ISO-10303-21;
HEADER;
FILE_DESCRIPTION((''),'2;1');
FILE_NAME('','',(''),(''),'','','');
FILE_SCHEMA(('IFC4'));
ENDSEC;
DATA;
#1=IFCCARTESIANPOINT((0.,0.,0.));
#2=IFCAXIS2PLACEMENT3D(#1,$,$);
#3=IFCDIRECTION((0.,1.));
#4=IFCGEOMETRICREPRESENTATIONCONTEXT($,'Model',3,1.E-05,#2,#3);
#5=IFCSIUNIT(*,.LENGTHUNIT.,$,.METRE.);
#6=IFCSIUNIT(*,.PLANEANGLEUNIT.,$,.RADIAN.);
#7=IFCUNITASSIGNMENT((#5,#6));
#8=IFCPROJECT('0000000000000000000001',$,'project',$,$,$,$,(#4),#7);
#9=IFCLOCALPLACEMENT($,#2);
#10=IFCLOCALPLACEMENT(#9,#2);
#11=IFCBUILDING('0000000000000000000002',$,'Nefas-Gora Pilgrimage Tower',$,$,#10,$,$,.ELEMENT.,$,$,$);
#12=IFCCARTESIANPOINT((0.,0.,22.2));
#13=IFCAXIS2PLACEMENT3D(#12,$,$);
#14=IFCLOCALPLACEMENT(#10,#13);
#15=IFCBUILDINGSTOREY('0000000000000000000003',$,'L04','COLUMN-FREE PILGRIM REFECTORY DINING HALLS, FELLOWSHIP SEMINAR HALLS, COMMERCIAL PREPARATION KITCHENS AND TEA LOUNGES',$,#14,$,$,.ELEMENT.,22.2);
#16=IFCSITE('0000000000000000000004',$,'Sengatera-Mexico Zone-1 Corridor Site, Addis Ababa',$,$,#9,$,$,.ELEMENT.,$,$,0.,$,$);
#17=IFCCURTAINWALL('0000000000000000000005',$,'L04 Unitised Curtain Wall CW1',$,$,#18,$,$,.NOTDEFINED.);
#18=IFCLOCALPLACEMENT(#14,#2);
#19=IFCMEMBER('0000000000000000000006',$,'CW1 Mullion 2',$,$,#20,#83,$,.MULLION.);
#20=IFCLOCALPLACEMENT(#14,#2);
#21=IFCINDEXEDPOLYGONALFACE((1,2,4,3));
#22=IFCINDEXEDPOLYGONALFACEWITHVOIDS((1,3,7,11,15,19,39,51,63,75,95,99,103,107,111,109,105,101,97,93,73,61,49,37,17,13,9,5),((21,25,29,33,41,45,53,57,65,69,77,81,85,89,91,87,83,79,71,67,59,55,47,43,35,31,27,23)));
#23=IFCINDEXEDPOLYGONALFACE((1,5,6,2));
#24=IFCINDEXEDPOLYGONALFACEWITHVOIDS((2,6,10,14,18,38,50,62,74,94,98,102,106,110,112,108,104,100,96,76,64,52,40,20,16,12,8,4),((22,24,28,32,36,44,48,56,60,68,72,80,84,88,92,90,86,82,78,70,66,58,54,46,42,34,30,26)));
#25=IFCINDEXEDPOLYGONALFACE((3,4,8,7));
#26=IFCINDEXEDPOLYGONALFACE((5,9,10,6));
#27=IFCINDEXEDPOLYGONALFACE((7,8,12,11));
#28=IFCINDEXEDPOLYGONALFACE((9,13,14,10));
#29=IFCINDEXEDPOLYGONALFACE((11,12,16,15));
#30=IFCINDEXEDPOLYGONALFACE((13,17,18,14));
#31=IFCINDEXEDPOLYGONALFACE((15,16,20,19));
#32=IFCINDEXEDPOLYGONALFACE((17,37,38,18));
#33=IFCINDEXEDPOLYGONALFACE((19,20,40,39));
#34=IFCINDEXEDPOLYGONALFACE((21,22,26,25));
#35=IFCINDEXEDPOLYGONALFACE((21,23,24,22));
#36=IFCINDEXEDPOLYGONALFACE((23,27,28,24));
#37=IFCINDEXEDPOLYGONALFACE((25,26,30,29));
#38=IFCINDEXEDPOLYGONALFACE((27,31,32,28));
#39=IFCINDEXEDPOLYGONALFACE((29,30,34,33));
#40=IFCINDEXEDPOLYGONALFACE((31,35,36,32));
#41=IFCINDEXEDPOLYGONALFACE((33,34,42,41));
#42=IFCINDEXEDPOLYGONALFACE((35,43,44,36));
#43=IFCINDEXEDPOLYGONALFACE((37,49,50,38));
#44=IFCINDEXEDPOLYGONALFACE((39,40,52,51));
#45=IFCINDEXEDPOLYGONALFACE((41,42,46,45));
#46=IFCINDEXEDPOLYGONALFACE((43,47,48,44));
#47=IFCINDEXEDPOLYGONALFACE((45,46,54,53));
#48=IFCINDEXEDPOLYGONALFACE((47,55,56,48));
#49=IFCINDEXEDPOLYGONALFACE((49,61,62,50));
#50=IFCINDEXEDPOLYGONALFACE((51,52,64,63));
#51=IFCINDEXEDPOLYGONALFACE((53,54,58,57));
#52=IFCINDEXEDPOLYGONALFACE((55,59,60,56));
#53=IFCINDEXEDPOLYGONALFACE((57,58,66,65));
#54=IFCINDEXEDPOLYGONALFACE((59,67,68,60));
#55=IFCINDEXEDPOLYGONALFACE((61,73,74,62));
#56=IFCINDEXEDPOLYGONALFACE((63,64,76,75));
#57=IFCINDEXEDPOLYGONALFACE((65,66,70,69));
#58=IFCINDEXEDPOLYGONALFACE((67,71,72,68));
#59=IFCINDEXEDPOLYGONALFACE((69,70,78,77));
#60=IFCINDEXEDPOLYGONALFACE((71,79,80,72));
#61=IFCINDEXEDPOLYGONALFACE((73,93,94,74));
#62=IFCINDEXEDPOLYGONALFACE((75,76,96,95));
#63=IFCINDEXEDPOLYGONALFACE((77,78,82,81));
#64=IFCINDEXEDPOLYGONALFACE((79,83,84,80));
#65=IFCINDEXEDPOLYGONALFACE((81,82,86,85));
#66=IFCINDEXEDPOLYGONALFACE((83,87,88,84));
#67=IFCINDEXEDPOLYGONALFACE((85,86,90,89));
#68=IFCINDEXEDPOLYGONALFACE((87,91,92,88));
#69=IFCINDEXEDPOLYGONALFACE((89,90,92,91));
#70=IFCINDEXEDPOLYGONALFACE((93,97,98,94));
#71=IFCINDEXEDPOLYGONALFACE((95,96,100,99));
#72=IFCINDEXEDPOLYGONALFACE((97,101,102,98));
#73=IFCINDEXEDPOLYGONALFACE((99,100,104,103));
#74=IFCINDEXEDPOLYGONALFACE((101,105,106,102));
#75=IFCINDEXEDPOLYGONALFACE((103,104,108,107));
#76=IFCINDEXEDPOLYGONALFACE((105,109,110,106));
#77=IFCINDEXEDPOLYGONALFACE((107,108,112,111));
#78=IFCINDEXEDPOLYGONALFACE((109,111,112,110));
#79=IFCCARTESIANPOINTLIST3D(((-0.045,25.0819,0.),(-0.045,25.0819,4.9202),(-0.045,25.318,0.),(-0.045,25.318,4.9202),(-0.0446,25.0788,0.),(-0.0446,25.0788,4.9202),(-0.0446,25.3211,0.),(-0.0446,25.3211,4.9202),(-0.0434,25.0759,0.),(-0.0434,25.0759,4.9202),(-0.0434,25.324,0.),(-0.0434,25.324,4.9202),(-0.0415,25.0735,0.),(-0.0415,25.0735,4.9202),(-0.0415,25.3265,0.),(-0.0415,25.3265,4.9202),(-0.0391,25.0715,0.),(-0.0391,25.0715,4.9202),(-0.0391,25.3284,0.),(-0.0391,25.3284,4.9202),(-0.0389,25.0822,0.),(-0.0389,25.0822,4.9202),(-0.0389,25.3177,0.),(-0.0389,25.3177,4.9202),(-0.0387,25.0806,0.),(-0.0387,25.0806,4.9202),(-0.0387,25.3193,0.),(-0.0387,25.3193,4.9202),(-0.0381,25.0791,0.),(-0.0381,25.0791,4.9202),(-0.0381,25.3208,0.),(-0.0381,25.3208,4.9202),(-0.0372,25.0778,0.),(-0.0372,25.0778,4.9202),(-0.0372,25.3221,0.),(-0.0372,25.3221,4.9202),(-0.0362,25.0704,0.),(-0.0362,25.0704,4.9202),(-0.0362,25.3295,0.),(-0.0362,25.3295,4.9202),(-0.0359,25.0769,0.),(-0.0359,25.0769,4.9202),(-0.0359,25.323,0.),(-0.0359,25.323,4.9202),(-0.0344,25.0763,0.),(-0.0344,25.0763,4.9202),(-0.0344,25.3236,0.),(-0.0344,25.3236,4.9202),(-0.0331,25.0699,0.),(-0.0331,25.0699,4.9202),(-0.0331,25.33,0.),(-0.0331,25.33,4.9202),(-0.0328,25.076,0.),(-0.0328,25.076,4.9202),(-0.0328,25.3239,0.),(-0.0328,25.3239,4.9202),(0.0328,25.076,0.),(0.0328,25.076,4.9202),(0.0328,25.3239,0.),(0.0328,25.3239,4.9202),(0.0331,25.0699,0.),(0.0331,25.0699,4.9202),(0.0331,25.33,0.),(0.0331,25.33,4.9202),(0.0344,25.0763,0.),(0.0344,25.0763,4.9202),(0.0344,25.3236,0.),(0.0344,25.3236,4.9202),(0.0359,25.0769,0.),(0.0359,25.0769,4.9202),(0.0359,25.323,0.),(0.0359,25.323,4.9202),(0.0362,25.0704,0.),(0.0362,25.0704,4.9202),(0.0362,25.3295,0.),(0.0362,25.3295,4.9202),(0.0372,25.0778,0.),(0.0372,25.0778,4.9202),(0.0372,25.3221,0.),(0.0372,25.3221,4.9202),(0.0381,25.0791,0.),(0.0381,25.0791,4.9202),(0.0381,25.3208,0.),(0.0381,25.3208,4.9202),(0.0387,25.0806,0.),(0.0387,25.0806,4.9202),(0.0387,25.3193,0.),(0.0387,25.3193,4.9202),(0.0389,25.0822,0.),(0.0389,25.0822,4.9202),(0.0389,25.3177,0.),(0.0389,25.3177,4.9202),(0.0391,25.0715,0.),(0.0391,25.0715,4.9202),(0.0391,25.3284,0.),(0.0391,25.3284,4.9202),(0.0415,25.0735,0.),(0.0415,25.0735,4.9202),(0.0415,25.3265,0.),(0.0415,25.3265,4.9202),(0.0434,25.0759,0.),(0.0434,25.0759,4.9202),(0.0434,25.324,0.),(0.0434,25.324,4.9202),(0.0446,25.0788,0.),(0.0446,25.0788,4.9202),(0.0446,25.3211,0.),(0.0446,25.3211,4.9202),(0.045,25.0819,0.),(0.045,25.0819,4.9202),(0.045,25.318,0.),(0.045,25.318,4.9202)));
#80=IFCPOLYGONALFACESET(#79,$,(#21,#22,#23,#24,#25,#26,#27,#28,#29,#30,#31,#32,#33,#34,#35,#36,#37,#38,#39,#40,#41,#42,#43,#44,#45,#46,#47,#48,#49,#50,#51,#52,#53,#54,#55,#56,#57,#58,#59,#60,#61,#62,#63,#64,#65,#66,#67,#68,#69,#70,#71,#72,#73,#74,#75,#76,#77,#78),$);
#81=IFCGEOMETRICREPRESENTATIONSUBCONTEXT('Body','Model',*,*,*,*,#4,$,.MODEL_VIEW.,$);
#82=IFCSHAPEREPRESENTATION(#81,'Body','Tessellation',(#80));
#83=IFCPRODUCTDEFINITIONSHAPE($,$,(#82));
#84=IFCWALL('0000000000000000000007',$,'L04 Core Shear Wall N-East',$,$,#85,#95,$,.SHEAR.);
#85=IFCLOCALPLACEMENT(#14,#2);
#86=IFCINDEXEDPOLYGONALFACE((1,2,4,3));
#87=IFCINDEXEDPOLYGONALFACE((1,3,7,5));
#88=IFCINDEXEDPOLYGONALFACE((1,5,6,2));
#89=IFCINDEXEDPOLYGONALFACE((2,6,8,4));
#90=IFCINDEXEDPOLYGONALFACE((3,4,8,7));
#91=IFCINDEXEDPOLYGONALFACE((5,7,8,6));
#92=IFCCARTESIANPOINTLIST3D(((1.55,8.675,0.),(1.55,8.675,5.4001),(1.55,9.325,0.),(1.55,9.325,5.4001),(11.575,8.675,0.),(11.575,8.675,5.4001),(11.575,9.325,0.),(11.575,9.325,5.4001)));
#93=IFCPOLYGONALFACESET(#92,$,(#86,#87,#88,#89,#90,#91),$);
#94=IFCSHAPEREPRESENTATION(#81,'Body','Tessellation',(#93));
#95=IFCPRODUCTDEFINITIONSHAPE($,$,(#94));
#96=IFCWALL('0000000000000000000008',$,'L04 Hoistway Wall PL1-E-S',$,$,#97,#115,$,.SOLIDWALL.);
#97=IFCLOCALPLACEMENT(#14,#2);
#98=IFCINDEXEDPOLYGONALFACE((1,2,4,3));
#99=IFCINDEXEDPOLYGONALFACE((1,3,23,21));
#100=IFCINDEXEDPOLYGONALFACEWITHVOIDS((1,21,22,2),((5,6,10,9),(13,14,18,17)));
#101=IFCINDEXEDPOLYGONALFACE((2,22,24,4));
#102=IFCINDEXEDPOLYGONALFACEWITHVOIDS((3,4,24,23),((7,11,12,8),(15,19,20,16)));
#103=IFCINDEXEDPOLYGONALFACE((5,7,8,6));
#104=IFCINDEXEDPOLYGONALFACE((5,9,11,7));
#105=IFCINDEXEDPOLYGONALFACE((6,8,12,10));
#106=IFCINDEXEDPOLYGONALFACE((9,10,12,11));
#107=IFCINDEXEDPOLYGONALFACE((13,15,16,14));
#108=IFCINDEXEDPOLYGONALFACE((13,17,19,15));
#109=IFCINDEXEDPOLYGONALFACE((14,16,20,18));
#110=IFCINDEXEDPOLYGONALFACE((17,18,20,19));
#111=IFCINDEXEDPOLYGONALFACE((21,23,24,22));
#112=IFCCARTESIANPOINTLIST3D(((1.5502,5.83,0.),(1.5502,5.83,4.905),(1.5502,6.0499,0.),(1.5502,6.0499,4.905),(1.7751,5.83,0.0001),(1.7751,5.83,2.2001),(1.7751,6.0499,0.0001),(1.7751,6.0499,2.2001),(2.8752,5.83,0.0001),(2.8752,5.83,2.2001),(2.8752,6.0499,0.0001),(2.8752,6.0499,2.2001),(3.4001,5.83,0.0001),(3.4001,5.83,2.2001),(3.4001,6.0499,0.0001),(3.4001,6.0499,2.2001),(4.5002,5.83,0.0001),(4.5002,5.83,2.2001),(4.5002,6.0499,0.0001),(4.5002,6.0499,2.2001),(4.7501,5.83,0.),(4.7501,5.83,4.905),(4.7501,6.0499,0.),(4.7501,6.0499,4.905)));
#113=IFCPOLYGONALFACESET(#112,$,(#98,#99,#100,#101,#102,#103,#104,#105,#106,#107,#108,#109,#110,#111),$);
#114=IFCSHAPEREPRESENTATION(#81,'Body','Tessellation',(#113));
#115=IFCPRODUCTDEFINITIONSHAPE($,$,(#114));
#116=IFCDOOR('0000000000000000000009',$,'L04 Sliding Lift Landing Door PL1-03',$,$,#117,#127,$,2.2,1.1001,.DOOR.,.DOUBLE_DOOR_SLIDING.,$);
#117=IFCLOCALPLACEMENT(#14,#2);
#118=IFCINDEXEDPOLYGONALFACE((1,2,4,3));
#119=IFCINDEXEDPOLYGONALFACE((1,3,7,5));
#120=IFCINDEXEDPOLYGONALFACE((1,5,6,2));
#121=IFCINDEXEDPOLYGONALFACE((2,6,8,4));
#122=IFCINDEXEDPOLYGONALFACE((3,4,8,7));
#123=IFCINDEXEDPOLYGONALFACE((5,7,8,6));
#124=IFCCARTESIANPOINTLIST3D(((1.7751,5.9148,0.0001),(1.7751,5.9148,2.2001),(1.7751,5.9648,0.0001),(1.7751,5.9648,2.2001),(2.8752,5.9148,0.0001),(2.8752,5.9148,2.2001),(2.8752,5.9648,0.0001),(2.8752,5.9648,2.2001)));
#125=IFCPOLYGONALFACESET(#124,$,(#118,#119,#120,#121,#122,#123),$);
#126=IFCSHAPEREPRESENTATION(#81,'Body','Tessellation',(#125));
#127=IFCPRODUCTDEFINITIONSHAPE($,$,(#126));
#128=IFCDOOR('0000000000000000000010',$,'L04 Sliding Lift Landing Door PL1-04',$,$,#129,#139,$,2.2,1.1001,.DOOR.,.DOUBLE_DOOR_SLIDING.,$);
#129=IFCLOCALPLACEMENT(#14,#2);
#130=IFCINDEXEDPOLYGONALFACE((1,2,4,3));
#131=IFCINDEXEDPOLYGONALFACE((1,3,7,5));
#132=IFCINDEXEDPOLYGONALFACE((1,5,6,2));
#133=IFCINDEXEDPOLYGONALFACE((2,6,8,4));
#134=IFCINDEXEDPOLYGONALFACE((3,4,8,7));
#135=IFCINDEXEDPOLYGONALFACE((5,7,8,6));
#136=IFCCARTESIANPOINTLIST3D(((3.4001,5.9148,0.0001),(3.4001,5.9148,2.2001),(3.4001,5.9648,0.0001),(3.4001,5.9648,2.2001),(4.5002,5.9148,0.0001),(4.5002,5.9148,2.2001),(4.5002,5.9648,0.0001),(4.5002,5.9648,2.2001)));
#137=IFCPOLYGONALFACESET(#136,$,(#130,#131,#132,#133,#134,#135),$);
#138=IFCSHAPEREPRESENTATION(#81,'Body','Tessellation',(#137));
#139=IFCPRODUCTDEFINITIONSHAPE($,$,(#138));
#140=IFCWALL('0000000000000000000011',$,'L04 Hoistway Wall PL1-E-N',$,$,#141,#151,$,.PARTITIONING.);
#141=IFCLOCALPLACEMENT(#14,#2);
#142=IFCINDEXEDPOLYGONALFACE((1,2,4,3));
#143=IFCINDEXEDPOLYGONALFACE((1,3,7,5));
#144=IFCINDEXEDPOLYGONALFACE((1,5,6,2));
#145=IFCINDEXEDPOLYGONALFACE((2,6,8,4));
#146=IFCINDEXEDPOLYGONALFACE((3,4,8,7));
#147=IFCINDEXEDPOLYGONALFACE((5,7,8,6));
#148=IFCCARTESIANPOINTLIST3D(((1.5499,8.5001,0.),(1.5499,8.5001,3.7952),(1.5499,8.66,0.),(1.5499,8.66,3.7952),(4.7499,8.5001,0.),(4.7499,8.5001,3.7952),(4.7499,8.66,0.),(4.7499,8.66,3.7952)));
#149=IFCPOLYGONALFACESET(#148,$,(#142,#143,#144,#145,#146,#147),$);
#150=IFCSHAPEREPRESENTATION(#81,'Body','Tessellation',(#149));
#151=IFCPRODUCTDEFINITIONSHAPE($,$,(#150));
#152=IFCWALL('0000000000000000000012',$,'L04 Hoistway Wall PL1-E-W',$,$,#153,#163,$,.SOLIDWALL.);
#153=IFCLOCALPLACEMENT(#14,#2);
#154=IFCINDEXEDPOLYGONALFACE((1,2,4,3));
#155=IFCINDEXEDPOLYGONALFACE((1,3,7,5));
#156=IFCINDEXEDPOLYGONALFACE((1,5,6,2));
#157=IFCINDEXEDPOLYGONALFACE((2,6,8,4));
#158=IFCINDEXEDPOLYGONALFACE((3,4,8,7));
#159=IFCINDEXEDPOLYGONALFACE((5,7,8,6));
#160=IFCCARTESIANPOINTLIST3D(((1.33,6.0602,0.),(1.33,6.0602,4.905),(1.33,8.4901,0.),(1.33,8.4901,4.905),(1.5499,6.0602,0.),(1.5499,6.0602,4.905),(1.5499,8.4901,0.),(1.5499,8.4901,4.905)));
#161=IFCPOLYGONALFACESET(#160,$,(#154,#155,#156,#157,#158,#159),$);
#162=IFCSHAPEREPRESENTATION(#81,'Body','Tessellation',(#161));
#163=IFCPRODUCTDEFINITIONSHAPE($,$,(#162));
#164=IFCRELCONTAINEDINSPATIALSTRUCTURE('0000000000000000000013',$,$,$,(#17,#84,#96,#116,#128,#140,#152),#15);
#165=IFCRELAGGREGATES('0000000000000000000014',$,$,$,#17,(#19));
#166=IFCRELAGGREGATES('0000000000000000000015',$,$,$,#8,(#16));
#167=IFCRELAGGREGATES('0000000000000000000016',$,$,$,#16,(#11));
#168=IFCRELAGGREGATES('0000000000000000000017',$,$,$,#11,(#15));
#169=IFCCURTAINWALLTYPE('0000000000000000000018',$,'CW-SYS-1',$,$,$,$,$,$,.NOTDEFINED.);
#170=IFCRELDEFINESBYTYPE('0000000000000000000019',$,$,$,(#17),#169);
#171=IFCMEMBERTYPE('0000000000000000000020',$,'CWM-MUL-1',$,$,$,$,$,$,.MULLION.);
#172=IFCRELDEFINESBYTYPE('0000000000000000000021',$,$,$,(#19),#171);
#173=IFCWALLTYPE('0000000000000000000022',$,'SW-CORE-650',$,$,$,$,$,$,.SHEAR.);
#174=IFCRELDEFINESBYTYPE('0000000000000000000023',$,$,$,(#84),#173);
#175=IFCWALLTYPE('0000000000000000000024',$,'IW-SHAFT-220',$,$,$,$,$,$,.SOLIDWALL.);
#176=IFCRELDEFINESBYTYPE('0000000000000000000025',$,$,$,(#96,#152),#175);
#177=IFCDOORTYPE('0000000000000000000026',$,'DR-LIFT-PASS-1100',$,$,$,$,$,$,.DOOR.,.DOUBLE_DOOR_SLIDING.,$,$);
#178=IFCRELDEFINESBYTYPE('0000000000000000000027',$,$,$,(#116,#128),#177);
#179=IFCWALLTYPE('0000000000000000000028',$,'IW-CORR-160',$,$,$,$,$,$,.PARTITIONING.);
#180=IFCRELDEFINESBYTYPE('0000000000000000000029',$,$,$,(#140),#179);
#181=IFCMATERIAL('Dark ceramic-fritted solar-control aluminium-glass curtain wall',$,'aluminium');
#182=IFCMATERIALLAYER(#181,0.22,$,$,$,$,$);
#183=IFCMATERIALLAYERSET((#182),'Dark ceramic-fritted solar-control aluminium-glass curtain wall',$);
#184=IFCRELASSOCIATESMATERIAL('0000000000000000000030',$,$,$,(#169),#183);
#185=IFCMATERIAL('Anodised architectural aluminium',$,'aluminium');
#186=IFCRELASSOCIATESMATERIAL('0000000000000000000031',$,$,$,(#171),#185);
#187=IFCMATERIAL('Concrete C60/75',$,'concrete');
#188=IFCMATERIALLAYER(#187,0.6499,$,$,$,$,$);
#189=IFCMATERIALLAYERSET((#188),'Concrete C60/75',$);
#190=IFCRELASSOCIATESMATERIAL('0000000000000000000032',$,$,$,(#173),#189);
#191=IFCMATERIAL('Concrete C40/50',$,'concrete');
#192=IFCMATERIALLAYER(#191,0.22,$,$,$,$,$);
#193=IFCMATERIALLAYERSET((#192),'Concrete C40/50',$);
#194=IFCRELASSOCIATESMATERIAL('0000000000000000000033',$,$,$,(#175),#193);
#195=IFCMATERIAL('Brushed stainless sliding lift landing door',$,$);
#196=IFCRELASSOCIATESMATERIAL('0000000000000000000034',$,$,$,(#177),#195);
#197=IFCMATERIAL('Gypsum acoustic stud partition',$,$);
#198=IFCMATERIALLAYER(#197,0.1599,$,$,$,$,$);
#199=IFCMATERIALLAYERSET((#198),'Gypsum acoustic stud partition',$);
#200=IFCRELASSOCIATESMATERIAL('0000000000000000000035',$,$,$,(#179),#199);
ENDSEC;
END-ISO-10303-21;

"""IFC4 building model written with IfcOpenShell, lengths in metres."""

from ifc_helpers import new_model, si_unit, direction, frame, frame_2d, origin, origin_2d, place, context, subcontext, project, spatial, rectangle, hollow_rectangle, extrude, source, transform, mapped, material, layer, layer_set, material_profile, profile_set, type_object, element, fill, aggregate, save


model = new_model("IFC4")

# Units and contexts
model_context = context("Model", 3, precision=1e-05, world=origin(), true_north=direction((0.0, 1.0)))
body_context = subcontext(model_context, "Body", "Model", "MODEL_VIEW")
ifc_project = project(units=[si_unit("LENGTHUNIT", "METRE"), si_unit("PLANEANGLEUNIT", "RADIAN")], contexts=[model_context])

# Site, building, storey
site_placement = place(None, origin())
site = spatial("IfcSite", under=ifc_project, at=site_placement, Name="Sengatera-Mexico Zone-1 Corridor Site, Addis Ababa", CompositionType="ELEMENT", RefElevation=0.0)
building_placement = place(site_placement, origin())
building = spatial("IfcBuilding", under=site, at=building_placement, Name="Nefas-Gora Pilgrimage Tower", CompositionType="ELEMENT")
storey_placement = place(building_placement, frame((0.0, 0.0, 22.2)))
storey = spatial("IfcBuildingStorey", under=building, at=storey_placement, Name="L04", Description="COLUMN-FREE PILGRIM REFECTORY DINING HALLS, FELLOWSHIP SEMINAR HALLS, COMMERCIAL PREPARATION KITCHENS AND TEA LOUNGES", CompositionType="ELEMENT", Elevation=22.2)

# Curtain wall, member
ifc_material_1 = material(Name="Dark ceramic-fritted solar-control aluminium-glass curtain wall", Category="aluminium")
ifc_layer_1 = layer(ifc_material_1, 0.22)
ifc_layer_set_1 = layer_set([ifc_layer_1], Name="Dark ceramic-fritted solar-control aluminium-glass curtain wall")
curtain_wall_type = type_object("IfcCurtainWallType", Name="CW-SYS-1", PredefinedType="NOTDEFINED", material=ifc_layer_set_1)
curtain_wall_placement = place(storey_placement, origin())
curtain_wall = element("IfcCurtainWall", 1, at=curtain_wall_placement, inside=storey, type_object=curtain_wall_type, Name="L04 Unitised Curtain Wall CW1", PredefinedType="NOTDEFINED")
ifc_material_2 = material(Name="Anodised architectural aluminium", Category="aluminium")
ifc_material_profile_1 = material_profile(ifc_material_2, hollow_rectangle(XDim=0.0901, YDim=0.26, WallThickness=0.0061, InnerFilletRadius=0.0061, OuterFilletRadius=0.012, at=origin_2d()), Name="ALU MULLION 90x260")
ifc_profile_set_1 = profile_set([ifc_material_profile_1], Name="Anodised architectural aluminium")
member_type = type_object("IfcMemberType", Name="CWM-MUL-1", PredefinedType="MULLION", material=ifc_profile_set_1)
shared_shape_1 = source(origin(), body_context, "Body", "SweptSolid", [
    extrude(hollow_rectangle(XDim=0.0901, YDim=0.26, WallThickness=0.0061, InnerFilletRadius=0.0061, OuterFilletRadius=0.012, at=origin_2d()), origin(), (0.0, 0.0, 1.0), 4.9202),
])
member_placement = place(storey_placement, frame((0.0, 25.2, 0.0), z_axis=(0.0, 0.0, 1.0), x_axis=(-1.0, 0.0, 0.0)))
member = element("IfcMember", 2, at=member_placement, type_object=member_type, Name="CW1 Mullion 2", PredefinedType="MULLION", context=body_context, shape_type="MappedRepresentation", body=[
    mapped(shared_shape_1, transform((0.0, 0.0, 0.0), x_axis=(1.0, 0.0, 0.0), y_axis=(0.0, 1.0, 0.0), z_axis=(0.0, 0.0, 1.0), scale=1.0)),
])
aggregate(curtain_wall, [member])

# Wall
ifc_material_3 = material(Name="Concrete C60/75", Category="concrete")
ifc_layer_2 = layer(ifc_material_3, 0.6499)
ifc_layer_set_2 = layer_set([ifc_layer_2], Name="Concrete C60/75")
wall_type_1 = type_object("IfcWallType", Name="SW-CORE-650", PredefinedType="SHEAR", material=ifc_layer_set_2)
shared_shape_2 = source(origin(), body_context, "Body", "SweptSolid", [
    extrude(rectangle(XDim=10.0249, YDim=0.6499, at=frame_2d((5.0125, 0.0))), origin(), (0.0, 0.0, 1.0), 5.4001),
])
wall_1_placement = place(storey_placement, frame((1.55, 9.0, 0.0), z_axis=(0.0, 0.0, 1.0), x_axis=(1.0, 0.0, 0.0)))
element("IfcWall", 3, at=wall_1_placement, inside=storey, type_object=wall_type_1, Name="L04 Core Shear Wall N-East", PredefinedType="SHEAR", context=body_context, shape_type="MappedRepresentation", body=[
    mapped(shared_shape_2, transform((0.0, 0.0, 0.0), x_axis=(1.0, 0.0, 0.0), y_axis=(0.0, 1.0, 0.0), z_axis=(0.0, 0.0, 1.0), scale=1.0)),
])

# Wall, openings, doors
ifc_material_4 = material(Name="Concrete C40/50", Category="concrete")
ifc_layer_3 = layer(ifc_material_4, 0.22)
ifc_layer_set_3 = layer_set([ifc_layer_3], Name="Concrete C40/50")
wall_type_2 = type_object("IfcWallType", Name="IW-SHAFT-220", PredefinedType="SOLIDWALL", material=ifc_layer_set_3)
shared_shape_3 = source(origin(), body_context, "Body", "SweptSolid", [
    extrude(rectangle(XDim=3.2, YDim=0.22, at=frame_2d((1.6001, 0.0))), origin(), (0.0, 0.0, 1.0), 4.905),
])
wall_2_placement = place(storey_placement, frame((1.55, 5.9399, 0.0), z_axis=(0.0, 0.0, 1.0), x_axis=(1.0, 0.0, 0.0)))
wall_2 = element("IfcWall", 4, at=wall_2_placement, inside=storey, type_object=wall_type_2, Name="L04 Hoistway Wall PL1-E-S", PredefinedType="SOLIDWALL", context=body_context, shape_type="MappedRepresentation", body=[
    mapped(shared_shape_3, transform((0.0, 0.0, 0.0), x_axis=(1.0, 0.0, 0.0), y_axis=(0.0, 1.0, 0.0), z_axis=(0.0, 0.0, 1.0), scale=1.0)),
])
opening_1_placement = place(wall_2_placement, frame((0.2251, 0.0, 0.0)))
opening_1 = element("IfcOpeningElement", 5, at=opening_1_placement, cuts=wall_2, PredefinedType="OPENING", context=body_context, shape_type="SweptSolid", body=[
    extrude(rectangle(XDim=1.1001, YDim=2.2, at=frame_2d((0.55, 1.1001))), frame((0.0, 0.1199, 0.0), z_axis=(0.0, -1.0, 0.0), x_axis=(1.0, 0.0, 0.0)), (0.0, 0.0, 1.0), 0.24),
])
opening_2_placement = place(wall_2_placement, frame((1.8501, 0.0, 0.0)))
opening_2 = element("IfcOpeningElement", 6, at=opening_2_placement, cuts=wall_2, PredefinedType="OPENING", context=body_context, shape_type="SweptSolid", body=[
    extrude(rectangle(XDim=1.1001, YDim=2.2, at=frame_2d((0.55, 1.1001))), frame((0.0, 0.1199, 0.0), z_axis=(0.0, -1.0, 0.0), x_axis=(1.0, 0.0, 0.0)), (0.0, 0.0, 1.0), 0.24),
])
ifc_material_5 = material(Name="Brushed stainless sliding lift landing door")
door_type_1 = type_object("IfcDoorType", Name="DR-LIFT-PASS-1100", OperationType="DOUBLE_DOOR_SLIDING", PredefinedType="DOOR", material=ifc_material_5)
shared_shape_4 = source(origin(), body_context, "Body", "SweptSolid", [
    extrude(rectangle(XDim=1.1001, YDim=2.2, at=frame_2d((0.55, 1.1001))), frame((0.0, 0.0249, 0.0), z_axis=(0.0, -1.0, 0.0), x_axis=(1.0, 0.0, 0.0)), (0.0, 0.0, 1.0), 0.05),
])
door_1_placement = place(opening_1_placement, origin())
door_1 = element("IfcDoor", 7, at=door_1_placement, inside=storey, type_object=door_type_1, Name="L04 Sliding Lift Landing Door PL1-03", OperationType="DOUBLE_DOOR_SLIDING", OverallHeight=2.2, OverallWidth=1.1001, PredefinedType="DOOR", context=body_context, shape_type="MappedRepresentation", body=[
    mapped(shared_shape_4, transform((0.0, 0.0, 0.0), x_axis=(1.0, 0.0, 0.0), y_axis=(0.0, 1.0, 0.0), z_axis=(0.0, 0.0, 1.0), scale=1.0)),
])
fill(opening_1, door_1)
door_2_placement = place(opening_2_placement, origin())
door_2 = element("IfcDoor", 8, at=door_2_placement, inside=storey, type_object=door_type_1, Name="L04 Sliding Lift Landing Door PL1-04", OperationType="DOUBLE_DOOR_SLIDING", OverallHeight=2.2, OverallWidth=1.1001, PredefinedType="DOOR", context=body_context, shape_type="MappedRepresentation", body=[
    mapped(shared_shape_4, transform((0.0, 0.0, 0.0), x_axis=(1.0, 0.0, 0.0), y_axis=(0.0, 1.0, 0.0), z_axis=(0.0, 0.0, 1.0), scale=1.0)),
])
fill(opening_2, door_2)

# Walls
ifc_material_6 = material(Name="Gypsum acoustic stud partition")
ifc_layer_4 = layer(ifc_material_6, 0.1599)
ifc_layer_set_4 = layer_set([ifc_layer_4], Name="Gypsum acoustic stud partition")
wall_type_3 = type_object("IfcWallType", Name="IW-CORR-160", PredefinedType="PARTITIONING", material=ifc_layer_set_4)
shared_shape_5 = source(origin(), body_context, "Body", "SweptSolid", [
    extrude(rectangle(XDim=3.2, YDim=0.1599, at=frame_2d((1.6001, 0.0))), origin(), (0.0, 0.0, 1.0), 3.7952),
])
wall_3_placement = place(storey_placement, frame((4.75, 8.5801, 0.0), z_axis=(0.0, 0.0, 1.0), x_axis=(-1.0, 0.0, 0.0)))
element("IfcWall", 9, at=wall_3_placement, inside=storey, type_object=wall_type_3, Name="L04 Hoistway Wall PL1-E-N", PredefinedType="PARTITIONING", context=body_context, shape_type="MappedRepresentation", body=[
    mapped(shared_shape_5, transform((0.0, 0.0, 0.0), x_axis=(1.0, 0.0, 0.0), y_axis=(0.0, 1.0, 0.0), z_axis=(0.0, 0.0, 1.0), scale=1.0)),
])
shared_shape_6 = source(origin(), body_context, "Body", "SweptSolid", [
    extrude(rectangle(XDim=2.4299, YDim=0.22, at=frame_2d((1.2148, 0.0))), origin(), (0.0, 0.0, 1.0), 4.905),
])
for number, where, z_axis, x_axis, name in (
    (10, (1.4399, 8.49, 0.0), (0.0, 0.0, 1.0), (0.0, -1.0, 0.0), "L04 Hoistway Wall PL1-E-W"),
):
    element("IfcWall", number, at=place(storey_placement, frame(where, z_axis=z_axis, x_axis=x_axis)), inside=storey, type_object=wall_type_2, Name=name, PredefinedType="SOLIDWALL", context=body_context, shape_type="MappedRepresentation", body=[
        mapped(shared_shape_6, transform((0.0, 0.0, 0.0), x_axis=(1.0, 0.0, 0.0), y_axis=(0.0, 1.0, 0.0), z_axis=(0.0, 0.0, 1.0), scale=1.0)),
    ])

save(model, "model.ifc")
